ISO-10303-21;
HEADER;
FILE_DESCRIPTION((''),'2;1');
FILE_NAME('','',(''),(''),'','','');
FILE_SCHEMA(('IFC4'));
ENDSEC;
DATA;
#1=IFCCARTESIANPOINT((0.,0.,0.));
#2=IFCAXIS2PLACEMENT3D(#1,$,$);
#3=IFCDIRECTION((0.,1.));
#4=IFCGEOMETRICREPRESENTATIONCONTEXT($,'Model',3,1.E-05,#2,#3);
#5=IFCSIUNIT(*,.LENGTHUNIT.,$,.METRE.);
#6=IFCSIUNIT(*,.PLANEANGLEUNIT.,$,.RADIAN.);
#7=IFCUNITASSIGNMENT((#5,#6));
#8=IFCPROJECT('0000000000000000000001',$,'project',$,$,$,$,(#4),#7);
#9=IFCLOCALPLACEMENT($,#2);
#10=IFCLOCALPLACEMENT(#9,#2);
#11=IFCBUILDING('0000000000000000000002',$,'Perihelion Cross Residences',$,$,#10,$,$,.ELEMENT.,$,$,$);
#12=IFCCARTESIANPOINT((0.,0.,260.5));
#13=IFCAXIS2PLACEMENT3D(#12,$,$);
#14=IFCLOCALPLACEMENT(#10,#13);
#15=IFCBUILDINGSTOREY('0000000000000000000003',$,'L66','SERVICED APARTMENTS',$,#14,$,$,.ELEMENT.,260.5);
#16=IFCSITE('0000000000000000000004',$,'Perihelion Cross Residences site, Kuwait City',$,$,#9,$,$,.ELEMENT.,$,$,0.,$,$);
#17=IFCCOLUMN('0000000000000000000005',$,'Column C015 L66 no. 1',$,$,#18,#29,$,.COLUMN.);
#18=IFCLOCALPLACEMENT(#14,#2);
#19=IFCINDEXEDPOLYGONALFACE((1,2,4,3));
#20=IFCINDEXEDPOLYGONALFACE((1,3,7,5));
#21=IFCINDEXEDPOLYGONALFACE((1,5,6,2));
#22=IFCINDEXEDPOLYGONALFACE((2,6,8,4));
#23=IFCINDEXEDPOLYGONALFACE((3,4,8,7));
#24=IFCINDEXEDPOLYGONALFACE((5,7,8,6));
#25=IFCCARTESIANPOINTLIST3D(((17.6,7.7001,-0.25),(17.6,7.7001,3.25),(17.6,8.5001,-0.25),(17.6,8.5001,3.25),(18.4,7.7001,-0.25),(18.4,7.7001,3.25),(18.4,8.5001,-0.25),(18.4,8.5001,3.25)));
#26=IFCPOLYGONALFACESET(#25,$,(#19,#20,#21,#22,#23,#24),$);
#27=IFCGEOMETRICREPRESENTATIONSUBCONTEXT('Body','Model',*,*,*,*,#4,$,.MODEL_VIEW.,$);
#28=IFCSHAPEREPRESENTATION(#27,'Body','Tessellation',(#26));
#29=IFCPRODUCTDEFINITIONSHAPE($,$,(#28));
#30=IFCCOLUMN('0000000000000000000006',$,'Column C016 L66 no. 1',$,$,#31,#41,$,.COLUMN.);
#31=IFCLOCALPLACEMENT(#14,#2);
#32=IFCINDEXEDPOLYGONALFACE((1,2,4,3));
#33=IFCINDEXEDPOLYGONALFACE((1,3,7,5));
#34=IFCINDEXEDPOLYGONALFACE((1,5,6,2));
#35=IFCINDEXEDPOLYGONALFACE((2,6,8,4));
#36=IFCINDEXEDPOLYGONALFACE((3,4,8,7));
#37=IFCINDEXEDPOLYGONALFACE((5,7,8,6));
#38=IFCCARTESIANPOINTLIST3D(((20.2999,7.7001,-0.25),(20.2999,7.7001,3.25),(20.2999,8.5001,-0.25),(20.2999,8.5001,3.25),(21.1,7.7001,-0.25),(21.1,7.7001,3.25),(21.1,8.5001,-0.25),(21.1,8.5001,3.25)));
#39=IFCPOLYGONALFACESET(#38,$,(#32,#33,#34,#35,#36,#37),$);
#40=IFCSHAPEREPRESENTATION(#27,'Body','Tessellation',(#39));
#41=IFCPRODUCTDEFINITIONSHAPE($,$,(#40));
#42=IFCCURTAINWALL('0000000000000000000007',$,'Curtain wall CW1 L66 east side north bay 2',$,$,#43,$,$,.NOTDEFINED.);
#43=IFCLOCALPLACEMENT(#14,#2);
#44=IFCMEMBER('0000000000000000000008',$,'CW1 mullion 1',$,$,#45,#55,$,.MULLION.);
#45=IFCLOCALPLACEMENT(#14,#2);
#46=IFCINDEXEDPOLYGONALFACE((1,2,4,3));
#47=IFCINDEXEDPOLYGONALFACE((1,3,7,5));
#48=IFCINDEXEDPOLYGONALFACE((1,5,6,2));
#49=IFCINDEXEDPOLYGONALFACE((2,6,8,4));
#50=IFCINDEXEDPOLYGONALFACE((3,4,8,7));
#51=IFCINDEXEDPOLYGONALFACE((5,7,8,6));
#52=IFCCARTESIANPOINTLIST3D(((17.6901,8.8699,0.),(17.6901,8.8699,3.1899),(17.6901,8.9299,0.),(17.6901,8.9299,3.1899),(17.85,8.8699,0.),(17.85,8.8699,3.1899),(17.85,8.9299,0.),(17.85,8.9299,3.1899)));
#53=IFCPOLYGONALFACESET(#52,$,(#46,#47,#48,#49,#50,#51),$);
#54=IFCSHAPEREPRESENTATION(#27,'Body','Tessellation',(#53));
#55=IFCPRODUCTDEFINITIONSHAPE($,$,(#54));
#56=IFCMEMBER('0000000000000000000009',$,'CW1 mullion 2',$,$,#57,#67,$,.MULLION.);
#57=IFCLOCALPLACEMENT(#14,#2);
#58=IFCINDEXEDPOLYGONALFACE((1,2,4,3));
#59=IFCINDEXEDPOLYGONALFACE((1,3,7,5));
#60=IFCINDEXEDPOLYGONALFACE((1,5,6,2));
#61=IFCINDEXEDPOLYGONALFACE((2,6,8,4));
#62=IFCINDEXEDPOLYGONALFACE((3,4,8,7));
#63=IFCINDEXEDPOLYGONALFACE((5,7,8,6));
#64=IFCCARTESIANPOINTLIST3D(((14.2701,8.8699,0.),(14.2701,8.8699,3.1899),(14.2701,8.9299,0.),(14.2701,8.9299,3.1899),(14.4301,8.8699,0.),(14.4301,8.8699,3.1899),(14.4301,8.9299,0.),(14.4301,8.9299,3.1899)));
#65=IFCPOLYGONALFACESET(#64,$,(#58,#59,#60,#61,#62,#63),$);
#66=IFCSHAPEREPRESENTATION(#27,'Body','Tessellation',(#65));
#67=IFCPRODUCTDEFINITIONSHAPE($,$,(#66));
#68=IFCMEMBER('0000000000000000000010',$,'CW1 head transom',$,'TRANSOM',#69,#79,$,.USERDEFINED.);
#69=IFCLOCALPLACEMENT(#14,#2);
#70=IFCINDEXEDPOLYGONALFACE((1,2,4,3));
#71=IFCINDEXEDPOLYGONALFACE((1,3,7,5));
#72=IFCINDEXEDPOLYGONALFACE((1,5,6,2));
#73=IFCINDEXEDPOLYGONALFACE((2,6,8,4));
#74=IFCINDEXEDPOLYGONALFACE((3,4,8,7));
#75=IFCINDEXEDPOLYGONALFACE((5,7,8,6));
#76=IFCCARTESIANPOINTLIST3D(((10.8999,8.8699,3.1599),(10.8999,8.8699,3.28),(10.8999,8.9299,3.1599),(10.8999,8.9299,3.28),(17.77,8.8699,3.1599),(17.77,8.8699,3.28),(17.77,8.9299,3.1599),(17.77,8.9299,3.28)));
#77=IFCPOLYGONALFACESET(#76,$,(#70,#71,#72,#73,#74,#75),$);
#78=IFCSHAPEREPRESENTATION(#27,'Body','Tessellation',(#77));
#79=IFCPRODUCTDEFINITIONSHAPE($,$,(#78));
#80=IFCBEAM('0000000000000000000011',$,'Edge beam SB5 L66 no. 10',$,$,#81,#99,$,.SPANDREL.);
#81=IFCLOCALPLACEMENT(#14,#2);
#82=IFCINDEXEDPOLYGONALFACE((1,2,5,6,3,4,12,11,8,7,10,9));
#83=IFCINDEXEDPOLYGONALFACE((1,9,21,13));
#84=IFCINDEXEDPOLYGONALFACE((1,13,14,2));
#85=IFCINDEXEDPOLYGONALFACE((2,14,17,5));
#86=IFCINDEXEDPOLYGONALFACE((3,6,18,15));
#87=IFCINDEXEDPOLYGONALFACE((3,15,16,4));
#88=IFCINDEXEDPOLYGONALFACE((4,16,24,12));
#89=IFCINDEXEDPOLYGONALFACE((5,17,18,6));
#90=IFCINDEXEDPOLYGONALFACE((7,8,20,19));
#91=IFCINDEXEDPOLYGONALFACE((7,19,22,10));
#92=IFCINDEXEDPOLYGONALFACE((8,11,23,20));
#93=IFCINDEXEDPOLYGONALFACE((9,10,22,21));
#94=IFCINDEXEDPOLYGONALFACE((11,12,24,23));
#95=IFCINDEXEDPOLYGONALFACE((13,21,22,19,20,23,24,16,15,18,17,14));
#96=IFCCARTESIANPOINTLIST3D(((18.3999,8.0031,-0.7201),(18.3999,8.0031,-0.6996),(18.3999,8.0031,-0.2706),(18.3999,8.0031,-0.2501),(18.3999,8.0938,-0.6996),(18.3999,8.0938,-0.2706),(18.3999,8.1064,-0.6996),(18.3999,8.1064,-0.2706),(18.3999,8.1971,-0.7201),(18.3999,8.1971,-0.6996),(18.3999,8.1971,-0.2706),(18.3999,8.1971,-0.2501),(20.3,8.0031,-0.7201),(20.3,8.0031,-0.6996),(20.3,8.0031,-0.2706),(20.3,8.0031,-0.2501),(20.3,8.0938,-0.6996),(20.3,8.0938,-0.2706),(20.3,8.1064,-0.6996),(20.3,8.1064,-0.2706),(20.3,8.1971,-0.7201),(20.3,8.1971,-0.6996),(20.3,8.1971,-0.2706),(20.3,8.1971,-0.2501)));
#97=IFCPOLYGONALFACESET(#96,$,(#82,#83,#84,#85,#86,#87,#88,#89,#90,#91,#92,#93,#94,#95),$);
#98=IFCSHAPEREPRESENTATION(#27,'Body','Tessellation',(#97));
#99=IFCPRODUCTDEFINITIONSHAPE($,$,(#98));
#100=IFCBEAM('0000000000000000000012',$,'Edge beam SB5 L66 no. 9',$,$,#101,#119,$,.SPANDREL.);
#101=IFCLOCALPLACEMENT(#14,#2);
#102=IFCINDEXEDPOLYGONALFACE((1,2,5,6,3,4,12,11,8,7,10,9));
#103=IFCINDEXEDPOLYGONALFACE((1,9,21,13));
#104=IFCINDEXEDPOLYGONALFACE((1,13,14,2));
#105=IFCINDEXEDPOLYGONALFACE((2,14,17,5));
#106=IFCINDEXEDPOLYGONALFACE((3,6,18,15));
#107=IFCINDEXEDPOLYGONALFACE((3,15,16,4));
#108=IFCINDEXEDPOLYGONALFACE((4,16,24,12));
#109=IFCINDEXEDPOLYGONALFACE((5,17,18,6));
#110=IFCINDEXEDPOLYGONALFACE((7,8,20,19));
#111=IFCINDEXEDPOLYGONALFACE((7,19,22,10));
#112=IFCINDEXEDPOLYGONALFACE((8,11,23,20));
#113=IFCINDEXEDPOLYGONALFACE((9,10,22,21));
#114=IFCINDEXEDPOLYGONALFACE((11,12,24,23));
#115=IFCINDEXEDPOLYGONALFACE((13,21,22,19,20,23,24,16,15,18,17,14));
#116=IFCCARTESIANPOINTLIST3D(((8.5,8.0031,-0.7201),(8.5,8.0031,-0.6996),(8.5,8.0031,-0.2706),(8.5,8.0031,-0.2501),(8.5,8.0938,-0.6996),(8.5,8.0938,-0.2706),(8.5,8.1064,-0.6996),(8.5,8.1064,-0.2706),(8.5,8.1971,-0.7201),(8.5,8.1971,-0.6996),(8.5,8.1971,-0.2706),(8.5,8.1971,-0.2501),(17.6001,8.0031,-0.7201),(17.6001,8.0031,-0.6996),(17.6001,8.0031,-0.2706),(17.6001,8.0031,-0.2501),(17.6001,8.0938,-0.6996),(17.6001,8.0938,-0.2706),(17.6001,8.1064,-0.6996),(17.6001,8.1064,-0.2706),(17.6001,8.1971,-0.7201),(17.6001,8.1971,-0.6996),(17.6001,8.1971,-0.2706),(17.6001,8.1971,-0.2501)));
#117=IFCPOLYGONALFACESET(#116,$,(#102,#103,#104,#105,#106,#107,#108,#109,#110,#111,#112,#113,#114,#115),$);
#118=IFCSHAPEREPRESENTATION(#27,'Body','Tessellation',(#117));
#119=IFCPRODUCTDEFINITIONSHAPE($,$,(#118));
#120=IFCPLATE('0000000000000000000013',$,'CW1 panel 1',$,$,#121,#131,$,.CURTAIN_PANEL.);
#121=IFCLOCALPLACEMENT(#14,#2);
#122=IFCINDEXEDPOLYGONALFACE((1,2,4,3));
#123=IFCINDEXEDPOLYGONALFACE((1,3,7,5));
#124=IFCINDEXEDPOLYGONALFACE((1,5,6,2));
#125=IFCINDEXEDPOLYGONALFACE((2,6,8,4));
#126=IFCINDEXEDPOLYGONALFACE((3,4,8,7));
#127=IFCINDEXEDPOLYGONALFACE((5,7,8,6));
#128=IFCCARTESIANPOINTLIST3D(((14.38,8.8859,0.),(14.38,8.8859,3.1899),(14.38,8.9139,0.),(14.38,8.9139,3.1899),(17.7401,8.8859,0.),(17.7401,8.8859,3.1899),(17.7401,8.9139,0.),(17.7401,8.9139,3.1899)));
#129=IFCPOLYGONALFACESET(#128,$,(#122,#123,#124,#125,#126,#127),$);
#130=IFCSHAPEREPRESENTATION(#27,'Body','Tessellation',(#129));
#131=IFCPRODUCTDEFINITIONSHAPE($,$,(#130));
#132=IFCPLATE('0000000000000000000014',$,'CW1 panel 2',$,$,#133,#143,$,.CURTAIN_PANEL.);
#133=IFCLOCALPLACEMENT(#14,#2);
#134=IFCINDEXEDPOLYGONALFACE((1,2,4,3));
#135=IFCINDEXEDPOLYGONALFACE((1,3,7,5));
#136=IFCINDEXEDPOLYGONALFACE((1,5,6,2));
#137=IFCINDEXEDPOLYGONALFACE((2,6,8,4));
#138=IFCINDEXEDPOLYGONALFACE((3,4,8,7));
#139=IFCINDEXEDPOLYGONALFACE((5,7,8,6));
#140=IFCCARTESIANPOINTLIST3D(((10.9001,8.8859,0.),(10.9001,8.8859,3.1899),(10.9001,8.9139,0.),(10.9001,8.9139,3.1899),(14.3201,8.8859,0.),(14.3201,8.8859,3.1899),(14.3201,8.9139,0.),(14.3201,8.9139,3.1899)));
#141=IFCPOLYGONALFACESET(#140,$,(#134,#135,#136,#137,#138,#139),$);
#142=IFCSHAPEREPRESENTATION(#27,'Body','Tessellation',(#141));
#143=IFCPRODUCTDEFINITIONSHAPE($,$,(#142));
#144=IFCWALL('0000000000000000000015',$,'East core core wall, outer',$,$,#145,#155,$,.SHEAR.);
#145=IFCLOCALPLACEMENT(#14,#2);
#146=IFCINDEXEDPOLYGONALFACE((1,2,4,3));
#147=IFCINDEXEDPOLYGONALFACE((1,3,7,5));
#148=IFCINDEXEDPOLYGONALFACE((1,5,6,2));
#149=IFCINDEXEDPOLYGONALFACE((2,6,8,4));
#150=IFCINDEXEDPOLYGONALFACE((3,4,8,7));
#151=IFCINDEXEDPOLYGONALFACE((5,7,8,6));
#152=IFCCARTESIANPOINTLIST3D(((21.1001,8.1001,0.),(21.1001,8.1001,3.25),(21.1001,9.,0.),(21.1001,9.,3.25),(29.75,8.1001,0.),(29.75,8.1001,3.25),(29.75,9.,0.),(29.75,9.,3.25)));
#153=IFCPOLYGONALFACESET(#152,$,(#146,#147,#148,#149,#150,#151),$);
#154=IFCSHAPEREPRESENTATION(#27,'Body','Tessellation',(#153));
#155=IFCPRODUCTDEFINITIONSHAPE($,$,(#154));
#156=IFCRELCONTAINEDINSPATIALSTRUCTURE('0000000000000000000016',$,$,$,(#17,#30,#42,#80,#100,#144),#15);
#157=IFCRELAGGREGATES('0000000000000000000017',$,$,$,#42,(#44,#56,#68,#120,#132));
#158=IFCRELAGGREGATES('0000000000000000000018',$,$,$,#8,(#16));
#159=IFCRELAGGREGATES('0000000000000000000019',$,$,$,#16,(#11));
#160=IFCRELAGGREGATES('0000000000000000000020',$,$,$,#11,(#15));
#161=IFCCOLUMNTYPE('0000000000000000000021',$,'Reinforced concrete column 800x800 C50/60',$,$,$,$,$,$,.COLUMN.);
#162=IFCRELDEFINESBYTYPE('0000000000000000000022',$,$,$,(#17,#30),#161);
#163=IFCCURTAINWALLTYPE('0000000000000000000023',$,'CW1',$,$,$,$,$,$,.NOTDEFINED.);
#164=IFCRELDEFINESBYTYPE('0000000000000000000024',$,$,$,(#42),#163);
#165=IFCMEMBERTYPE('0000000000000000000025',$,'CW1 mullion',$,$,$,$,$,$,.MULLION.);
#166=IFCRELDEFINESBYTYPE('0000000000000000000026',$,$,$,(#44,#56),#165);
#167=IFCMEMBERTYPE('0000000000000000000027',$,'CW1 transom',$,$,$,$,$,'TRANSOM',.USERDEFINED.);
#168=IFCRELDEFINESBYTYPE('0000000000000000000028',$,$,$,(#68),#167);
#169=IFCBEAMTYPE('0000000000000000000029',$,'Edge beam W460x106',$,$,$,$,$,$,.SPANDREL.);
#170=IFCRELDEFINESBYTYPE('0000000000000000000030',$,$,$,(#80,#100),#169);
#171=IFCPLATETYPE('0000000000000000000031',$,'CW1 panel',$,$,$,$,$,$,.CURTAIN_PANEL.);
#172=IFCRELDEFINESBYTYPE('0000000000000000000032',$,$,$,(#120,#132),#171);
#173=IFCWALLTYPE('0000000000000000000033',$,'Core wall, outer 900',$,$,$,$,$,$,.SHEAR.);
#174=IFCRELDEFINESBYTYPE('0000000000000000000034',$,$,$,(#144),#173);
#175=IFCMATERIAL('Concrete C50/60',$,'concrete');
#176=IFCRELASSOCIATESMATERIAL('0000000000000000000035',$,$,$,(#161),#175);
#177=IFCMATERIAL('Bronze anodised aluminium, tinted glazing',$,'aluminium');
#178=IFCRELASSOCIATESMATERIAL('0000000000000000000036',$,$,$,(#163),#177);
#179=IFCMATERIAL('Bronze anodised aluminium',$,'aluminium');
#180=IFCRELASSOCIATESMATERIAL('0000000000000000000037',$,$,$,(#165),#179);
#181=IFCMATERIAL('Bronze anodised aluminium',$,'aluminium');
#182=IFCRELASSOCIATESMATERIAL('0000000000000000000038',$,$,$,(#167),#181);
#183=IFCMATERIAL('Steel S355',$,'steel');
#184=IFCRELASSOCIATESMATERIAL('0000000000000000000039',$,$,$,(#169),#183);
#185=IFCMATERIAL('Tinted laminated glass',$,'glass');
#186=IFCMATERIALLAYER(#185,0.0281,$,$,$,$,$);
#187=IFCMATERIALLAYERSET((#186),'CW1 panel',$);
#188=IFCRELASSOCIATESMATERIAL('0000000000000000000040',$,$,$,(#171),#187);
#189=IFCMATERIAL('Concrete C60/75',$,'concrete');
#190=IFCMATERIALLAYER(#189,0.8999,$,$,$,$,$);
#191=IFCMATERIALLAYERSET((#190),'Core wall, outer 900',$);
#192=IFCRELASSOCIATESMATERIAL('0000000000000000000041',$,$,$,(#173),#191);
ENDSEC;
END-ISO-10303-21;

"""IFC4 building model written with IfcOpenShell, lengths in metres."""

from ifc_helpers import new_model, si_unit, direction, frame, frame_2d, origin, origin_2d, place, context, subcontext, project, spatial, rectangle, i_section, extrude, material, layer, layer_set, material_profile, profile_set, type_object, element, aggregate, save


model = new_model("IFC4")

# Units and contexts
model_context = context("Model", 3, precision=1e-05, world=origin(), true_north=direction((0.0, 1.0)))
body_context = subcontext(model_context, "Body", "Model", "MODEL_VIEW")
ifc_project = project(units=[si_unit("LENGTHUNIT", "METRE"), si_unit("PLANEANGLEUNIT", "RADIAN")], contexts=[model_context])

# Site, building, storey
site_placement = place(None, origin())
site = spatial("IfcSite", under=ifc_project, at=site_placement, Name="Perihelion Cross Residences site, Kuwait City", CompositionType="ELEMENT", RefElevation=0.0)
building_placement = place(site_placement, origin())
building = spatial("IfcBuilding", under=site, at=building_placement, Name="Perihelion Cross Residences", CompositionType="ELEMENT")
storey_placement = place(building_placement, frame((0.0, 0.0, 260.5)))
storey = spatial("IfcBuildingStorey", under=building, at=storey_placement, Name="L66", Description="SERVICED APARTMENTS", CompositionType="ELEMENT", Elevation=260.5)

# Columns
ifc_material_1 = material(Name="Concrete C50/60", Category="concrete")
ifc_material_profile_1 = material_profile(ifc_material_1, rectangle(XDim=0.8, YDim=0.8, at=origin_2d()), Name="RC 800x800")
ifc_profile_set_1 = profile_set([ifc_material_profile_1], Name="Concrete C50/60")
column_type = type_object("IfcColumnType", Name="Reinforced concrete column 800x800 C50/60", PredefinedType="COLUMN", material=ifc_profile_set_1)
for number, where, z_axis, x_axis, name in (
    (1, (18.0, 8.1001, -0.25), (0.0, 0.0, 1.0), (1.0, 0.0, 0.0), "Column C015 L66 no. 1"),
    (2, (20.7, 8.1001, -0.25), (0.0, 0.0, 1.0), (1.0, 0.0, 0.0), "Column C016 L66 no. 1"),
):
    element("IfcColumn", number, at=place(storey_placement, frame(where, z_axis=z_axis, x_axis=x_axis)), inside=storey, type_object=column_type, Name=name, PredefinedType="COLUMN", context=body_context, shape_type="SweptSolid", body=[
        extrude(rectangle(XDim=0.8, YDim=0.8, at=origin_2d()), origin(), (0.0, 0.0, 1.0), 3.5),
    ])

# Curtain wall, members
ifc_material_2 = material(Name="Bronze anodised aluminium, tinted glazing", Category="aluminium")
curtain_wall_type = type_object("IfcCurtainWallType", Name="CW1", PredefinedType="NOTDEFINED", material=ifc_material_2)
curtain_wall_placement = place(storey_placement, origin())
curtain_wall = element("IfcCurtainWall", 3, at=curtain_wall_placement, inside=storey, type_object=curtain_wall_type, Name="Curtain wall CW1 L66 east side north bay 2", PredefinedType="NOTDEFINED")
ifc_material_3 = material(Name="Bronze anodised aluminium", Category="aluminium")
ifc_material_profile_2 = material_profile(ifc_material_3, rectangle(XDim=0.0601, YDim=0.1599, at=origin_2d()), Name="CW1 mullion")
ifc_profile_set_2 = profile_set([ifc_material_profile_2], Name="Bronze anodised aluminium")
member_type_1 = type_object("IfcMemberType", Name="CW1 mullion", PredefinedType="MULLION", material=ifc_profile_set_2)
member_1_placement = place(storey_placement, frame((17.77, 8.8999, 0.0), z_axis=(0.0, 0.0, 1.0), x_axis=(0.0, -1.0, 0.0)))
member_1 = element("IfcMember", 4, at=member_1_placement, type_object=member_type_1, Name="CW1 mullion 1", PredefinedType="MULLION", context=body_context, shape_type="SweptSolid", body=[
    extrude(rectangle(XDim=0.0601, YDim=0.1599, at=origin_2d()), origin(), (0.0, 0.0, 1.0), 3.1899),
])
member_2_placement = place(storey_placement, frame((14.3501, 8.8999, 0.0), z_axis=(0.0, 0.0, 1.0), x_axis=(0.0, -1.0, 0.0)))
member_2 = element("IfcMember", 5, at=member_2_placement, type_object=member_type_1, Name="CW1 mullion 2", PredefinedType="MULLION", context=body_context, shape_type="SweptSolid", body=[
    extrude(rectangle(XDim=0.0601, YDim=0.1599, at=origin_2d()), origin(), (0.0, 0.0, 1.0), 3.1899),
])
ifc_material_4 = material(Name="Bronze anodised aluminium", Category="aluminium")
ifc_material_profile_3 = material_profile(ifc_material_4, rectangle(XDim=0.0601, YDim=0.1201, at=origin_2d()), Name="CW1 transom")
ifc_profile_set_3 = profile_set([ifc_material_profile_3], Name="Bronze anodised aluminium")
member_type_2 = type_object("IfcMemberType", Name="CW1 transom", ElementType="TRANSOM", PredefinedType="USERDEFINED", material=ifc_profile_set_3)
member_3_placement = place(storey_placement, frame((17.77, 8.8999, 3.22), z_axis=(-1.0, 0.0, 0.0), x_axis=(0.0, -1.0, 0.0)))
member_3 = element("IfcMember", 6, at=member_3_placement, type_object=member_type_2, Name="CW1 head transom", ObjectType="TRANSOM", PredefinedType="USERDEFINED", context=body_context, shape_type="SweptSolid", body=[
    extrude(rectangle(XDim=0.0601, YDim=0.1201, at=origin_2d()), origin(), (0.0, 0.0, 1.0), 6.8701),
])

# Beams
ifc_material_5 = material(Name="Steel S355", Category="steel")
ifc_material_profile_4 = material_profile(ifc_material_5, i_section(OverallWidth=0.1941, OverallDepth=0.47, WebThickness=0.0127, FlangeThickness=0.0205, at=origin_2d()), Name="W460x106")
ifc_profile_set_4 = profile_set([ifc_material_profile_4], Name="Steel S355")
beam_type = type_object("IfcBeamType", Name="Edge beam W460x106", PredefinedType="SPANDREL", material=ifc_profile_set_4)
beam_1_placement = place(storey_placement, frame((20.3, 8.1001, -0.4851), z_axis=(-1.0, 0.0, 0.0), x_axis=(0.0, -1.0, 0.0)))
element("IfcBeam", 7, at=beam_1_placement, inside=storey, type_object=beam_type, Name="Edge beam SB5 L66 no. 10", PredefinedType="SPANDREL", context=body_context, shape_type="SweptSolid", body=[
    extrude(i_section(OverallWidth=0.1941, OverallDepth=0.47, WebThickness=0.0127, FlangeThickness=0.0205, at=origin_2d()), origin(), (0.0, 0.0, 1.0), 1.9001),
])
beam_2_placement = place(storey_placement, frame((17.6001, 8.1001, -0.4851), z_axis=(-1.0, 0.0, 0.0), x_axis=(0.0, -1.0, 0.0)))
element("IfcBeam", 8, at=beam_2_placement, inside=storey, type_object=beam_type, Name="Edge beam SB5 L66 no. 9", PredefinedType="SPANDREL", context=body_context, shape_type="SweptSolid", body=[
    extrude(i_section(OverallWidth=0.1941, OverallDepth=0.47, WebThickness=0.0127, FlangeThickness=0.0205, at=origin_2d()), origin(), (0.0, 0.0, 1.0), 9.1001),
])

# Plates
ifc_material_6 = material(Name="Tinted laminated glass", Category="glass")
ifc_layer_1 = layer(ifc_material_6, 0.0281)
ifc_layer_set_1 = layer_set([ifc_layer_1], Name="CW1 panel")
plate_type = type_object("IfcPlateType", Name="CW1 panel", PredefinedType="CURTAIN_PANEL", material=ifc_layer_set_1)
plate_1_placement = place(storey_placement, frame((16.0601, 8.8999, 0.0), z_axis=(0.0, 0.0, 1.0), x_axis=(-1.0, 0.0, 0.0)))
plate_1 = element("IfcPlate", 9, at=plate_1_placement, type_object=plate_type, Name="CW1 panel 1", PredefinedType="CURTAIN_PANEL", context=body_context, shape_type="SweptSolid", body=[
    extrude(rectangle(XDim=3.3601, YDim=0.0281, at=origin_2d()), origin(), (0.0, 0.0, 1.0), 3.1899),
])
plate_2_placement = place(storey_placement, frame((12.6101, 8.8999, 0.0), z_axis=(0.0, 0.0, 1.0), x_axis=(-1.0, 0.0, 0.0)))
plate_2 = element("IfcPlate", 10, at=plate_2_placement, type_object=plate_type, Name="CW1 panel 2", PredefinedType="CURTAIN_PANEL", context=body_context, shape_type="SweptSolid", body=[
    extrude(rectangle(XDim=3.4199, YDim=0.0281, at=origin_2d()), origin(), (0.0, 0.0, 1.0), 3.1899),
])
aggregate(curtain_wall, [member_1, member_2, member_3, plate_1, plate_2])

# Wall
ifc_material_7 = material(Name="Concrete C60/75", Category="concrete")
ifc_layer_2 = layer(ifc_material_7, 0.8999)
ifc_layer_set_2 = layer_set([ifc_layer_2], Name="Core wall, outer 900")
wall_type_1 = type_object("IfcWallType", Name="Core wall, outer 900", PredefinedType="SHEAR", material=ifc_layer_set_2)
wall_1_placement = place(storey_placement, frame((21.1001, 8.55, 0.0), z_axis=(0.0, 0.0, 1.0), x_axis=(1.0, 0.0, 0.0)))
element("IfcWall", 11, at=wall_1_placement, inside=storey, type_object=wall_type_1, Name="East core core wall, outer", PredefinedType="SHEAR", context=body_context, shape_type="SweptSolid", body=[
    extrude(rectangle(XDim=8.6499, YDim=0.8999, at=frame_2d((4.325, 0.0))), origin(), (0.0, 0.0, 1.0), 3.25),
])

save(model, "model.ifc")
